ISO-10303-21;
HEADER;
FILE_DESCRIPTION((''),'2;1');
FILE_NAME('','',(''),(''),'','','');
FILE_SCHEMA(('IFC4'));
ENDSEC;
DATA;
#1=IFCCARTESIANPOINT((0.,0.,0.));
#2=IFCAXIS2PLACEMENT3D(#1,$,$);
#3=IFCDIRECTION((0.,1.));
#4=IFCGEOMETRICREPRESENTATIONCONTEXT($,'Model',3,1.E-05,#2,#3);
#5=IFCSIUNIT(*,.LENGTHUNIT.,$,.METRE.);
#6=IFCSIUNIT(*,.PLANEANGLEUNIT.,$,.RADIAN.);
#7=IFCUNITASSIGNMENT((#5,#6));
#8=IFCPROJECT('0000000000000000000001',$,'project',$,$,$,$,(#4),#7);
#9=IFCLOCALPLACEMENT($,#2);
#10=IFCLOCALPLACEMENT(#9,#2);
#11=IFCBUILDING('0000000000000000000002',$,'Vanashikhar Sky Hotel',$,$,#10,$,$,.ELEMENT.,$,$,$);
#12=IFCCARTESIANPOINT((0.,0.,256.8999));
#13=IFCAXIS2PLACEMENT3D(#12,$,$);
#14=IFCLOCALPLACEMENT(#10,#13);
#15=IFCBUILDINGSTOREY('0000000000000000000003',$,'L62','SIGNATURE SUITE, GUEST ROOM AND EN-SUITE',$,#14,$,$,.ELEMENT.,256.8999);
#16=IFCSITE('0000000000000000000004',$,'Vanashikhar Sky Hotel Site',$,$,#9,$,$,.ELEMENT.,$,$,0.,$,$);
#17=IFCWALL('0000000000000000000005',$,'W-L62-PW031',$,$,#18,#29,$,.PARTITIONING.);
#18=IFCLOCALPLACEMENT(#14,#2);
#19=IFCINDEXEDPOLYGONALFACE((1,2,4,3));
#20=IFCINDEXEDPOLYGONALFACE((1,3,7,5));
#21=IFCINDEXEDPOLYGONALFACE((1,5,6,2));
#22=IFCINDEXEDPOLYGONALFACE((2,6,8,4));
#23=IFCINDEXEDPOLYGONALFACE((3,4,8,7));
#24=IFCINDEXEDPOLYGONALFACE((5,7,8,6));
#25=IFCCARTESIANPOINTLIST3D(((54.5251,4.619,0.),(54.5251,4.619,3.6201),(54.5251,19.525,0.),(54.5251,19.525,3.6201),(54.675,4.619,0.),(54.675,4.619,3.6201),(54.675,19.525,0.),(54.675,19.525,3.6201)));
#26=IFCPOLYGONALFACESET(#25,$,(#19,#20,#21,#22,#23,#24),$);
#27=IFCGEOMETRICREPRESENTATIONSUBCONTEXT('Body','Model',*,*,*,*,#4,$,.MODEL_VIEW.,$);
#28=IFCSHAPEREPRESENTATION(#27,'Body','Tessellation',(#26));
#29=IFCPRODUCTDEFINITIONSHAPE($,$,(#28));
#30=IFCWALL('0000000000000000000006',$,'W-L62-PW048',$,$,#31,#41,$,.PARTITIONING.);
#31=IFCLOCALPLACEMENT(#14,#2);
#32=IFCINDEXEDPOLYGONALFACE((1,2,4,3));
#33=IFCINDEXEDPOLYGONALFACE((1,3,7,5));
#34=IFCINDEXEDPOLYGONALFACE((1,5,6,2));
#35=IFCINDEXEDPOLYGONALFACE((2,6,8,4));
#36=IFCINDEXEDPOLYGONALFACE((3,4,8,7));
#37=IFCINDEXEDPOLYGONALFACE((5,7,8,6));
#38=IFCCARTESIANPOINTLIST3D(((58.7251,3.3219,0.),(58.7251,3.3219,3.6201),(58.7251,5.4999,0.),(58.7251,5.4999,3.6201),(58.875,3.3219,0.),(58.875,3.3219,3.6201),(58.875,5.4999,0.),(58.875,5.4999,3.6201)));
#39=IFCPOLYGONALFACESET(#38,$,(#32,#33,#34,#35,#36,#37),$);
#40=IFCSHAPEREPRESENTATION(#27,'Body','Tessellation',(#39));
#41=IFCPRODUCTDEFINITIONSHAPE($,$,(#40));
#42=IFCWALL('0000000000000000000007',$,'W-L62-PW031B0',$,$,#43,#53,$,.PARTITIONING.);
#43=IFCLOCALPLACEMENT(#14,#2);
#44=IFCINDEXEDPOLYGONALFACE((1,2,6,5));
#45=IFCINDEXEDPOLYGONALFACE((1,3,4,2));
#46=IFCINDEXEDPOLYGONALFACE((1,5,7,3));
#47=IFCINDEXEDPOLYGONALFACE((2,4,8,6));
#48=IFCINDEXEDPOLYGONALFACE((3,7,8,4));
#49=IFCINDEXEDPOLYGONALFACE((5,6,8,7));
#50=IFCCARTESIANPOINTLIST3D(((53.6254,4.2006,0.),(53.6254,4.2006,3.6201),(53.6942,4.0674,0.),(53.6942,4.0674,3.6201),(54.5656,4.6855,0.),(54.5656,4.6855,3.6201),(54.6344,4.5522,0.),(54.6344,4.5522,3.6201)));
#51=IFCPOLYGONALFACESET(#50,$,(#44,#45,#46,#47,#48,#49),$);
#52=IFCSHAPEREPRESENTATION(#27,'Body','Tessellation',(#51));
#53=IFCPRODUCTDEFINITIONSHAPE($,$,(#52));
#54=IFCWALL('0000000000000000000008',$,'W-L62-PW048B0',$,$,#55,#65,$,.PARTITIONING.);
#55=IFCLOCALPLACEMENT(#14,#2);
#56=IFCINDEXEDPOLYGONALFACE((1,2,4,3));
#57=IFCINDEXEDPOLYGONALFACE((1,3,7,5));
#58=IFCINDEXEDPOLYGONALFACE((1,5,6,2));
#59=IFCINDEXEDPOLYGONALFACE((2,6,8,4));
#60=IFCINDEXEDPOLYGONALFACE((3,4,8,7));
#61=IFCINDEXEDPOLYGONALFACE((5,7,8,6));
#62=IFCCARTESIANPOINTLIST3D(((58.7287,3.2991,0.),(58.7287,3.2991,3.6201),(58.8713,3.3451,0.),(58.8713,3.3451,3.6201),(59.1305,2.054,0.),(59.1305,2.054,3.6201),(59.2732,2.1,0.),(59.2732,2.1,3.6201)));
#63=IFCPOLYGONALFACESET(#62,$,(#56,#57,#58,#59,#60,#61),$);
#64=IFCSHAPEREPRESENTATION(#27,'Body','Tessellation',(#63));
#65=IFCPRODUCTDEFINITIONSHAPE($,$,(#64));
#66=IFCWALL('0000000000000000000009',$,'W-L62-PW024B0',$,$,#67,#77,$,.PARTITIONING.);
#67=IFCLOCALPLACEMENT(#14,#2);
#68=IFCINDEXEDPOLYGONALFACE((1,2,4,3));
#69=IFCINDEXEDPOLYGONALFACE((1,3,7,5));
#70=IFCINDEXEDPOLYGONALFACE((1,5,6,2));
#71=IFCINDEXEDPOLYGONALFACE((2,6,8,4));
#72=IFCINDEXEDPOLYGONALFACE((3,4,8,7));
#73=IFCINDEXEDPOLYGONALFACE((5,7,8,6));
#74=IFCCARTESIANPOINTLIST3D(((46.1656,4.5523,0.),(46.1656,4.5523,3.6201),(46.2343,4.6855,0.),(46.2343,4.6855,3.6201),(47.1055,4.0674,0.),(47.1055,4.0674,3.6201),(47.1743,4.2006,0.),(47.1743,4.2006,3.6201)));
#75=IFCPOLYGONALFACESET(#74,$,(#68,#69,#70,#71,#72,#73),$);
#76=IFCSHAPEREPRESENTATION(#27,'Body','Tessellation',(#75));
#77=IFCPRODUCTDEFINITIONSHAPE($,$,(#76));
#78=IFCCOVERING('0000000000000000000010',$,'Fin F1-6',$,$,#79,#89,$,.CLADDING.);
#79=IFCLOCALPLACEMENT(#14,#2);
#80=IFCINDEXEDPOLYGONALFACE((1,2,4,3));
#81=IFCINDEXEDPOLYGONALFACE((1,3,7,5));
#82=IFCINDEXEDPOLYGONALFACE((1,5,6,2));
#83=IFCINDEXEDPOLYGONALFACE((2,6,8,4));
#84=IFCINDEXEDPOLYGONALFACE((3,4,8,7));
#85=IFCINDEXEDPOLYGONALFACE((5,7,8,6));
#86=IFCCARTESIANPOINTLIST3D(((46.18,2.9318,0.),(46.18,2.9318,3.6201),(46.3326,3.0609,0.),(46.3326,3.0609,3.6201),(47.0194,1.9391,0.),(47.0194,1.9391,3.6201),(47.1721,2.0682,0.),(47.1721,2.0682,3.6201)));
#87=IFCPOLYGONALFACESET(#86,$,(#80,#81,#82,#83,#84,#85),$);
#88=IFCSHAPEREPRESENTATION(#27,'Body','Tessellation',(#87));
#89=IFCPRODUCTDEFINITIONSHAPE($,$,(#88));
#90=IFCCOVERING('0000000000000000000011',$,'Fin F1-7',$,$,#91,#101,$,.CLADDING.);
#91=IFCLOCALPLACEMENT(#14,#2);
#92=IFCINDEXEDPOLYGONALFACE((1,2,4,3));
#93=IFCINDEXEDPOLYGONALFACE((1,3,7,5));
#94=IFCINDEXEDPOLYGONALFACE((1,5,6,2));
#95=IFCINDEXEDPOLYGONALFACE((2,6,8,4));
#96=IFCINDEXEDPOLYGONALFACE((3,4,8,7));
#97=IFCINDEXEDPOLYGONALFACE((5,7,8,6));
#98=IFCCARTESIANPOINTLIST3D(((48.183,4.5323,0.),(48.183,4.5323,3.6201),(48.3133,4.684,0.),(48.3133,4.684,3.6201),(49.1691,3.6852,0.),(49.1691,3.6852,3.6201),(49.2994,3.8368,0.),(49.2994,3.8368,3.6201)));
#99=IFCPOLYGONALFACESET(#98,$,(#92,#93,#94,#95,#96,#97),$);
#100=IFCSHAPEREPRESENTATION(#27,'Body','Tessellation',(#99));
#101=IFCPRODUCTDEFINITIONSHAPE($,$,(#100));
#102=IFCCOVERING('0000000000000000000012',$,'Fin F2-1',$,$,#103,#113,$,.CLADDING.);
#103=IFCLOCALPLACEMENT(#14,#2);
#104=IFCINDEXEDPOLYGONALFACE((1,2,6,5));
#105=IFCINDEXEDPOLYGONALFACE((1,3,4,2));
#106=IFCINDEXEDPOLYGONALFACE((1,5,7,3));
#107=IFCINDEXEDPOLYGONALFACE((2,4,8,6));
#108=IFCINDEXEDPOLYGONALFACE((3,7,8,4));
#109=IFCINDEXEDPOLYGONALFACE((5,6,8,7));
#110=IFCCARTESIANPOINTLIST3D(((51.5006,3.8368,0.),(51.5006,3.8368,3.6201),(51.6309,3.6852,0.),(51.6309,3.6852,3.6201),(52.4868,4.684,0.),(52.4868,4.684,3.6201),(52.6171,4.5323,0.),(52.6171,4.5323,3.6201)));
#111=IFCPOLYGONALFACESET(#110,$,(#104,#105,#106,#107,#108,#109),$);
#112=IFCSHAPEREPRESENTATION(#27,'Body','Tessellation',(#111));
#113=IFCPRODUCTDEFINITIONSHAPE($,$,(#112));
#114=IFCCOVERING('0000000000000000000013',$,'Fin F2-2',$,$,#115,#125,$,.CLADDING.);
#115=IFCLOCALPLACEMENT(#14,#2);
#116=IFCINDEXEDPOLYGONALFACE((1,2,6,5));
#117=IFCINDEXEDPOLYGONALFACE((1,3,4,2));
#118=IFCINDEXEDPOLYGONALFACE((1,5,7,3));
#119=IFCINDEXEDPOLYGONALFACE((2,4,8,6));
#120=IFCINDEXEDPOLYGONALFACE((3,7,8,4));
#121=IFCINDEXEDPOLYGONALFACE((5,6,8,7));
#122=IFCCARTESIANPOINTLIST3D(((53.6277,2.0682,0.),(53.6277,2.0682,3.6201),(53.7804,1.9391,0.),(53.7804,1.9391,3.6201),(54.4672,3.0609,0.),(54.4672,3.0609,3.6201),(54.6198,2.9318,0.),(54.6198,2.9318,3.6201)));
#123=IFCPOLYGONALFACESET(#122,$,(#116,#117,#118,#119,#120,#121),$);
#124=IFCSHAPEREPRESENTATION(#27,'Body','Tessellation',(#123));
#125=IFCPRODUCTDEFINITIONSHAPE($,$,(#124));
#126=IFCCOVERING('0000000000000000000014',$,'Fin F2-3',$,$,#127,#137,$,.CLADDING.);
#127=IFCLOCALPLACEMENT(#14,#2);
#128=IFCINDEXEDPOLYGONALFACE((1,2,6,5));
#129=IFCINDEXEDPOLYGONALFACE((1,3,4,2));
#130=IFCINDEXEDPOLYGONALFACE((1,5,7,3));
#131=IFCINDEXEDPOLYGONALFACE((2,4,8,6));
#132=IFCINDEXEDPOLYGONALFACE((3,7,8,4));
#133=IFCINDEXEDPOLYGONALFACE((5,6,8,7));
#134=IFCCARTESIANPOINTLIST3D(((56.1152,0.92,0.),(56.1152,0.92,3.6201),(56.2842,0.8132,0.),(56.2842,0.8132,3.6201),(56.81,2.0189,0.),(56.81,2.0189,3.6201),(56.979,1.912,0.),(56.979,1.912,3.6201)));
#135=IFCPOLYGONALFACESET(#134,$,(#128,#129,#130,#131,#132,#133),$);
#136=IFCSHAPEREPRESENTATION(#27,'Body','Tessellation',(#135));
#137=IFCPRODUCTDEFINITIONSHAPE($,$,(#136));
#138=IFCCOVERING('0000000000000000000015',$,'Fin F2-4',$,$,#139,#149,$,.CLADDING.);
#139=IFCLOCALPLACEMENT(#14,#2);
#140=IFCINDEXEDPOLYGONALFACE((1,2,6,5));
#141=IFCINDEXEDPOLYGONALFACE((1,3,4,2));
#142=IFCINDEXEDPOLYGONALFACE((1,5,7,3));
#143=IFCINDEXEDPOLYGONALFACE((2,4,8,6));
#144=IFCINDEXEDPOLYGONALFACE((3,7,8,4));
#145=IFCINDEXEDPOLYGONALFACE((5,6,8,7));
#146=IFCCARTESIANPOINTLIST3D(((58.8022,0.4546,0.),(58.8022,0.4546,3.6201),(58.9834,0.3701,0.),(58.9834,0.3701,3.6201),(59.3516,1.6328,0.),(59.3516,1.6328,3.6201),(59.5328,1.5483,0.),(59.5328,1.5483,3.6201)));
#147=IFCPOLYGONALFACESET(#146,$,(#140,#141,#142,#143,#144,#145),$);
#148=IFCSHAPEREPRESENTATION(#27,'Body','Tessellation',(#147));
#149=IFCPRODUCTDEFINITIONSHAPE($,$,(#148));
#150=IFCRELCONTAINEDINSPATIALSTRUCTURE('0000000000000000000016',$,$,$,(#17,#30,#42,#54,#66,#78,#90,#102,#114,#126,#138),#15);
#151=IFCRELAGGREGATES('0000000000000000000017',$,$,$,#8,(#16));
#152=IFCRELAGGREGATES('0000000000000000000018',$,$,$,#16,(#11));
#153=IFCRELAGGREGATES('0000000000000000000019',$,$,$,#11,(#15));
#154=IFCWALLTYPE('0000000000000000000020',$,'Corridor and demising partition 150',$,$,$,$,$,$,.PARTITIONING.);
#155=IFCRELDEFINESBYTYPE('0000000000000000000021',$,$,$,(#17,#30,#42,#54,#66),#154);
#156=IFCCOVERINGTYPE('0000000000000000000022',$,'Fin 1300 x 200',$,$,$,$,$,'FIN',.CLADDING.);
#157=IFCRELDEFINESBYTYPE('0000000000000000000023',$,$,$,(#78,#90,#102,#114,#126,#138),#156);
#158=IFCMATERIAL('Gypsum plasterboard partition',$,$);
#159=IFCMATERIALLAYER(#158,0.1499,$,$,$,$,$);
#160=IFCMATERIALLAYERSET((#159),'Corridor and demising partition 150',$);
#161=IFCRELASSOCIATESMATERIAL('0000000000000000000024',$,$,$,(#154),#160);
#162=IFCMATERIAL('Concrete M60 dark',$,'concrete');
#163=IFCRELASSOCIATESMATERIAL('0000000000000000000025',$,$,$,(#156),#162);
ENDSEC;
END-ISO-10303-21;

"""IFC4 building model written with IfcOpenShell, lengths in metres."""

from ifc_helpers import new_model, si_unit, direction, frame, frame_2d, origin, origin_2d, place, context, subcontext, project, spatial, rectangle, extrude, source, transform, mapped, material, layer, layer_set, material_profile, profile_set, type_object, element, save


model = new_model("IFC4")

# Units and contexts
model_context = context("Model", 3, precision=1e-05, world=origin(), true_north=direction((0.0, 1.0)))
body_context = subcontext(model_context, "Body", "Model", "MODEL_VIEW")
ifc_project = project(units=[si_unit("LENGTHUNIT", "METRE"), si_unit("PLANEANGLEUNIT", "RADIAN")], contexts=[model_context])

# Site, building, storey
site_placement = place(None, origin())
site = spatial("IfcSite", under=ifc_project, at=site_placement, Name="Vanashikhar Sky Hotel Site", CompositionType="ELEMENT", RefElevation=0.0)
building_placement = place(site_placement, origin())
building = spatial("IfcBuilding", under=site, at=building_placement, Name="Vanashikhar Sky Hotel", CompositionType="ELEMENT")
storey_placement = place(building_placement, frame((0.0, 0.0, 256.8999)))
storey = spatial("IfcBuildingStorey", under=building, at=storey_placement, Name="L62", Description="SIGNATURE SUITE, GUEST ROOM AND EN-SUITE", CompositionType="ELEMENT", Elevation=256.8999)

# Walls
ifc_material_1 = material(Name="Gypsum plasterboard partition")
ifc_layer_1 = layer(ifc_material_1, 0.1499)
ifc_layer_set_1 = layer_set([ifc_layer_1], Name="Corridor and demising partition 150")
wall_type_1 = type_object("IfcWallType", Name="Corridor and demising partition 150", PredefinedType="PARTITIONING", material=ifc_layer_set_1)
shared_shape_1 = source(origin(), body_context, "Body", "SweptSolid", [
    extrude(rectangle(XDim=14.906, YDim=0.1499, at=frame_2d((7.4531, 0.0))), origin(), (0.0, 0.0, 1.0), 3.6201),
])
for number, where, z_axis, x_axis, name in (
    (1, (54.6001, 4.6189, 0.0), (0.0, 0.0, 1.0), (0.0, 1.0, 0.0), "W-L62-PW031"),
):
    element("IfcWall", number, at=place(storey_placement, frame(where, z_axis=z_axis, x_axis=x_axis)), inside=storey, type_object=wall_type_1, Name=name, PredefinedType="PARTITIONING", context=body_context, shape_type="MappedRepresentation", body=[
        mapped(shared_shape_1, transform((0.0, 0.0, 0.0), scale=1.0)),
    ])
shared_shape_2 = source(origin(), body_context, "Body", "SweptSolid", [
    extrude(rectangle(XDim=2.178, YDim=0.1499, at=frame_2d((1.0889, 0.0))), origin(), (0.0, 0.0, 1.0), 3.6201),
])
wall_1_placement = place(storey_placement, frame((58.8, 3.322, 0.0), z_axis=(0.0, 0.0, 1.0), x_axis=(0.0, 1.0, 0.0)))
element("IfcWall", 2, at=wall_1_placement, inside=storey, type_object=wall_type_1, Name="W-L62-PW048", PredefinedType="PARTITIONING", context=body_context, shape_type="MappedRepresentation", body=[
    mapped(shared_shape_2, transform((0.0, 0.0, 0.0), scale=1.0)),
])
shared_shape_3 = source(origin(), body_context, "Body", "SweptSolid", [
    extrude(rectangle(XDim=1.0579, YDim=0.1499, at=frame_2d((0.5288, 0.0))), origin(), (0.0, 0.0, 1.0), 3.6201),
])
wall_2_placement = place(storey_placement, frame((53.6599, 4.134, 0.0), z_axis=(0.0, 0.0, 1.0), x_axis=(0.888772, 0.458349, 0.0)))
element("IfcWall", 3, at=wall_2_placement, inside=storey, type_object=wall_type_1, Name="W-L62-PW031B0", PredefinedType="PARTITIONING", context=body_context, shape_type="MappedRepresentation", body=[
    mapped(shared_shape_3, transform((0.0, 0.0, 0.0), scale=1.0)),
])
shared_shape_4 = source(origin(), body_context, "Body", "SweptSolid", [
    extrude(rectangle(XDim=1.3083, YDim=0.1499, at=frame_2d((0.6543, 0.0))), origin(), (0.0, 0.0, 1.0), 3.6201),
])
wall_3_placement = place(storey_placement, frame((59.2019, 2.0769, 0.0), z_axis=(0.0, 0.0, 1.0), x_axis=(-0.307145, 0.951663, 0.0)))
element("IfcWall", 4, at=wall_3_placement, inside=storey, type_object=wall_type_1, Name="W-L62-PW048B0", PredefinedType="PARTITIONING", context=body_context, shape_type="MappedRepresentation", body=[
    mapped(shared_shape_4, transform((0.0, 0.0, 0.0), scale=1.0)),
])
shared_shape_5 = source(origin(), body_context, "Body", "SweptSolid", [
    extrude(rectangle(XDim=1.0576, YDim=0.1499, at=frame_2d((0.5288, 0.0))), origin(), (0.0, 0.0, 1.0), 3.6201),
])
wall_4_placement = place(storey_placement, frame((47.1399, 4.134, 0.0), z_axis=(0.0, 0.0, 1.0), x_axis=(-0.888724, 0.458443, 0.0)))
element("IfcWall", 5, at=wall_4_placement, inside=storey, type_object=wall_type_1, Name="W-L62-PW024B0", PredefinedType="PARTITIONING", context=body_context, shape_type="MappedRepresentation", body=[
    mapped(shared_shape_5, transform((0.0, 0.0, 0.0), scale=1.0)),
])

# Coverings
ifc_material_2 = material(Name="Concrete M60 dark", Category="concrete")
ifc_material_profile = material_profile(ifc_material_2, rectangle(XDim=1.3, YDim=0.2, at=origin_2d()))
ifc_profile_set = profile_set([ifc_material_profile], Name="Fin 1300 x 200")
covering_type = type_object("IfcCoveringType", Name="Fin 1300 x 200", ElementType="FIN", PredefinedType="CLADDING", material=ifc_profile_set)
shared_shape_6 = source(origin(), body_context, "Body", "SweptSolid", [
    extrude(rectangle(XDim=1.3, YDim=0.2, at=origin_2d()), origin(), (0.0, 0.0, 1.0), 3.6201),
])
for number, where, z_axis, x_axis, name in (
    (6, (46.676, 2.5, 0.0), (0.0, 0.0, 1.0), (0.645698, -0.763593, 0.0), "Fin F1-6"),
    (7, (48.7412, 4.1846, 0.0), (0.0, 0.0, 1.0), (0.758544, -0.651622, 0.0), "Fin F1-7"),
    (8, (52.0588, 4.1846, 0.0), (0.0, 0.0, 1.0), (-0.758544, -0.651622, 0.0), "Fin F2-1"),
    (9, (54.1238, 2.5, 0.0), (0.0, 0.0, 1.0), (-0.645698, -0.763593, 0.0), "Fin F2-2"),
    (10, (56.5471, 1.416, 0.0), (0.0, 0.0, 1.0), (-0.534411, -0.845225, 0.0), "Fin F2-3"),
    (11, (59.1675, 1.0015, 0.0), (0.0, 0.0, 1.0), (-0.422618, -0.906308, 0.0), "Fin F2-4"),
):
    element("IfcCovering", number, at=place(storey_placement, frame(where, z_axis=z_axis, x_axis=x_axis)), inside=storey, type_object=covering_type, Name=name, PredefinedType="CLADDING", context=body_context, shape_type="MappedRepresentation", body=[
        mapped(shared_shape_6, transform((0.0, 0.0, 0.0), scale=1.0)),
    ])

save(model, "model.ifc")
